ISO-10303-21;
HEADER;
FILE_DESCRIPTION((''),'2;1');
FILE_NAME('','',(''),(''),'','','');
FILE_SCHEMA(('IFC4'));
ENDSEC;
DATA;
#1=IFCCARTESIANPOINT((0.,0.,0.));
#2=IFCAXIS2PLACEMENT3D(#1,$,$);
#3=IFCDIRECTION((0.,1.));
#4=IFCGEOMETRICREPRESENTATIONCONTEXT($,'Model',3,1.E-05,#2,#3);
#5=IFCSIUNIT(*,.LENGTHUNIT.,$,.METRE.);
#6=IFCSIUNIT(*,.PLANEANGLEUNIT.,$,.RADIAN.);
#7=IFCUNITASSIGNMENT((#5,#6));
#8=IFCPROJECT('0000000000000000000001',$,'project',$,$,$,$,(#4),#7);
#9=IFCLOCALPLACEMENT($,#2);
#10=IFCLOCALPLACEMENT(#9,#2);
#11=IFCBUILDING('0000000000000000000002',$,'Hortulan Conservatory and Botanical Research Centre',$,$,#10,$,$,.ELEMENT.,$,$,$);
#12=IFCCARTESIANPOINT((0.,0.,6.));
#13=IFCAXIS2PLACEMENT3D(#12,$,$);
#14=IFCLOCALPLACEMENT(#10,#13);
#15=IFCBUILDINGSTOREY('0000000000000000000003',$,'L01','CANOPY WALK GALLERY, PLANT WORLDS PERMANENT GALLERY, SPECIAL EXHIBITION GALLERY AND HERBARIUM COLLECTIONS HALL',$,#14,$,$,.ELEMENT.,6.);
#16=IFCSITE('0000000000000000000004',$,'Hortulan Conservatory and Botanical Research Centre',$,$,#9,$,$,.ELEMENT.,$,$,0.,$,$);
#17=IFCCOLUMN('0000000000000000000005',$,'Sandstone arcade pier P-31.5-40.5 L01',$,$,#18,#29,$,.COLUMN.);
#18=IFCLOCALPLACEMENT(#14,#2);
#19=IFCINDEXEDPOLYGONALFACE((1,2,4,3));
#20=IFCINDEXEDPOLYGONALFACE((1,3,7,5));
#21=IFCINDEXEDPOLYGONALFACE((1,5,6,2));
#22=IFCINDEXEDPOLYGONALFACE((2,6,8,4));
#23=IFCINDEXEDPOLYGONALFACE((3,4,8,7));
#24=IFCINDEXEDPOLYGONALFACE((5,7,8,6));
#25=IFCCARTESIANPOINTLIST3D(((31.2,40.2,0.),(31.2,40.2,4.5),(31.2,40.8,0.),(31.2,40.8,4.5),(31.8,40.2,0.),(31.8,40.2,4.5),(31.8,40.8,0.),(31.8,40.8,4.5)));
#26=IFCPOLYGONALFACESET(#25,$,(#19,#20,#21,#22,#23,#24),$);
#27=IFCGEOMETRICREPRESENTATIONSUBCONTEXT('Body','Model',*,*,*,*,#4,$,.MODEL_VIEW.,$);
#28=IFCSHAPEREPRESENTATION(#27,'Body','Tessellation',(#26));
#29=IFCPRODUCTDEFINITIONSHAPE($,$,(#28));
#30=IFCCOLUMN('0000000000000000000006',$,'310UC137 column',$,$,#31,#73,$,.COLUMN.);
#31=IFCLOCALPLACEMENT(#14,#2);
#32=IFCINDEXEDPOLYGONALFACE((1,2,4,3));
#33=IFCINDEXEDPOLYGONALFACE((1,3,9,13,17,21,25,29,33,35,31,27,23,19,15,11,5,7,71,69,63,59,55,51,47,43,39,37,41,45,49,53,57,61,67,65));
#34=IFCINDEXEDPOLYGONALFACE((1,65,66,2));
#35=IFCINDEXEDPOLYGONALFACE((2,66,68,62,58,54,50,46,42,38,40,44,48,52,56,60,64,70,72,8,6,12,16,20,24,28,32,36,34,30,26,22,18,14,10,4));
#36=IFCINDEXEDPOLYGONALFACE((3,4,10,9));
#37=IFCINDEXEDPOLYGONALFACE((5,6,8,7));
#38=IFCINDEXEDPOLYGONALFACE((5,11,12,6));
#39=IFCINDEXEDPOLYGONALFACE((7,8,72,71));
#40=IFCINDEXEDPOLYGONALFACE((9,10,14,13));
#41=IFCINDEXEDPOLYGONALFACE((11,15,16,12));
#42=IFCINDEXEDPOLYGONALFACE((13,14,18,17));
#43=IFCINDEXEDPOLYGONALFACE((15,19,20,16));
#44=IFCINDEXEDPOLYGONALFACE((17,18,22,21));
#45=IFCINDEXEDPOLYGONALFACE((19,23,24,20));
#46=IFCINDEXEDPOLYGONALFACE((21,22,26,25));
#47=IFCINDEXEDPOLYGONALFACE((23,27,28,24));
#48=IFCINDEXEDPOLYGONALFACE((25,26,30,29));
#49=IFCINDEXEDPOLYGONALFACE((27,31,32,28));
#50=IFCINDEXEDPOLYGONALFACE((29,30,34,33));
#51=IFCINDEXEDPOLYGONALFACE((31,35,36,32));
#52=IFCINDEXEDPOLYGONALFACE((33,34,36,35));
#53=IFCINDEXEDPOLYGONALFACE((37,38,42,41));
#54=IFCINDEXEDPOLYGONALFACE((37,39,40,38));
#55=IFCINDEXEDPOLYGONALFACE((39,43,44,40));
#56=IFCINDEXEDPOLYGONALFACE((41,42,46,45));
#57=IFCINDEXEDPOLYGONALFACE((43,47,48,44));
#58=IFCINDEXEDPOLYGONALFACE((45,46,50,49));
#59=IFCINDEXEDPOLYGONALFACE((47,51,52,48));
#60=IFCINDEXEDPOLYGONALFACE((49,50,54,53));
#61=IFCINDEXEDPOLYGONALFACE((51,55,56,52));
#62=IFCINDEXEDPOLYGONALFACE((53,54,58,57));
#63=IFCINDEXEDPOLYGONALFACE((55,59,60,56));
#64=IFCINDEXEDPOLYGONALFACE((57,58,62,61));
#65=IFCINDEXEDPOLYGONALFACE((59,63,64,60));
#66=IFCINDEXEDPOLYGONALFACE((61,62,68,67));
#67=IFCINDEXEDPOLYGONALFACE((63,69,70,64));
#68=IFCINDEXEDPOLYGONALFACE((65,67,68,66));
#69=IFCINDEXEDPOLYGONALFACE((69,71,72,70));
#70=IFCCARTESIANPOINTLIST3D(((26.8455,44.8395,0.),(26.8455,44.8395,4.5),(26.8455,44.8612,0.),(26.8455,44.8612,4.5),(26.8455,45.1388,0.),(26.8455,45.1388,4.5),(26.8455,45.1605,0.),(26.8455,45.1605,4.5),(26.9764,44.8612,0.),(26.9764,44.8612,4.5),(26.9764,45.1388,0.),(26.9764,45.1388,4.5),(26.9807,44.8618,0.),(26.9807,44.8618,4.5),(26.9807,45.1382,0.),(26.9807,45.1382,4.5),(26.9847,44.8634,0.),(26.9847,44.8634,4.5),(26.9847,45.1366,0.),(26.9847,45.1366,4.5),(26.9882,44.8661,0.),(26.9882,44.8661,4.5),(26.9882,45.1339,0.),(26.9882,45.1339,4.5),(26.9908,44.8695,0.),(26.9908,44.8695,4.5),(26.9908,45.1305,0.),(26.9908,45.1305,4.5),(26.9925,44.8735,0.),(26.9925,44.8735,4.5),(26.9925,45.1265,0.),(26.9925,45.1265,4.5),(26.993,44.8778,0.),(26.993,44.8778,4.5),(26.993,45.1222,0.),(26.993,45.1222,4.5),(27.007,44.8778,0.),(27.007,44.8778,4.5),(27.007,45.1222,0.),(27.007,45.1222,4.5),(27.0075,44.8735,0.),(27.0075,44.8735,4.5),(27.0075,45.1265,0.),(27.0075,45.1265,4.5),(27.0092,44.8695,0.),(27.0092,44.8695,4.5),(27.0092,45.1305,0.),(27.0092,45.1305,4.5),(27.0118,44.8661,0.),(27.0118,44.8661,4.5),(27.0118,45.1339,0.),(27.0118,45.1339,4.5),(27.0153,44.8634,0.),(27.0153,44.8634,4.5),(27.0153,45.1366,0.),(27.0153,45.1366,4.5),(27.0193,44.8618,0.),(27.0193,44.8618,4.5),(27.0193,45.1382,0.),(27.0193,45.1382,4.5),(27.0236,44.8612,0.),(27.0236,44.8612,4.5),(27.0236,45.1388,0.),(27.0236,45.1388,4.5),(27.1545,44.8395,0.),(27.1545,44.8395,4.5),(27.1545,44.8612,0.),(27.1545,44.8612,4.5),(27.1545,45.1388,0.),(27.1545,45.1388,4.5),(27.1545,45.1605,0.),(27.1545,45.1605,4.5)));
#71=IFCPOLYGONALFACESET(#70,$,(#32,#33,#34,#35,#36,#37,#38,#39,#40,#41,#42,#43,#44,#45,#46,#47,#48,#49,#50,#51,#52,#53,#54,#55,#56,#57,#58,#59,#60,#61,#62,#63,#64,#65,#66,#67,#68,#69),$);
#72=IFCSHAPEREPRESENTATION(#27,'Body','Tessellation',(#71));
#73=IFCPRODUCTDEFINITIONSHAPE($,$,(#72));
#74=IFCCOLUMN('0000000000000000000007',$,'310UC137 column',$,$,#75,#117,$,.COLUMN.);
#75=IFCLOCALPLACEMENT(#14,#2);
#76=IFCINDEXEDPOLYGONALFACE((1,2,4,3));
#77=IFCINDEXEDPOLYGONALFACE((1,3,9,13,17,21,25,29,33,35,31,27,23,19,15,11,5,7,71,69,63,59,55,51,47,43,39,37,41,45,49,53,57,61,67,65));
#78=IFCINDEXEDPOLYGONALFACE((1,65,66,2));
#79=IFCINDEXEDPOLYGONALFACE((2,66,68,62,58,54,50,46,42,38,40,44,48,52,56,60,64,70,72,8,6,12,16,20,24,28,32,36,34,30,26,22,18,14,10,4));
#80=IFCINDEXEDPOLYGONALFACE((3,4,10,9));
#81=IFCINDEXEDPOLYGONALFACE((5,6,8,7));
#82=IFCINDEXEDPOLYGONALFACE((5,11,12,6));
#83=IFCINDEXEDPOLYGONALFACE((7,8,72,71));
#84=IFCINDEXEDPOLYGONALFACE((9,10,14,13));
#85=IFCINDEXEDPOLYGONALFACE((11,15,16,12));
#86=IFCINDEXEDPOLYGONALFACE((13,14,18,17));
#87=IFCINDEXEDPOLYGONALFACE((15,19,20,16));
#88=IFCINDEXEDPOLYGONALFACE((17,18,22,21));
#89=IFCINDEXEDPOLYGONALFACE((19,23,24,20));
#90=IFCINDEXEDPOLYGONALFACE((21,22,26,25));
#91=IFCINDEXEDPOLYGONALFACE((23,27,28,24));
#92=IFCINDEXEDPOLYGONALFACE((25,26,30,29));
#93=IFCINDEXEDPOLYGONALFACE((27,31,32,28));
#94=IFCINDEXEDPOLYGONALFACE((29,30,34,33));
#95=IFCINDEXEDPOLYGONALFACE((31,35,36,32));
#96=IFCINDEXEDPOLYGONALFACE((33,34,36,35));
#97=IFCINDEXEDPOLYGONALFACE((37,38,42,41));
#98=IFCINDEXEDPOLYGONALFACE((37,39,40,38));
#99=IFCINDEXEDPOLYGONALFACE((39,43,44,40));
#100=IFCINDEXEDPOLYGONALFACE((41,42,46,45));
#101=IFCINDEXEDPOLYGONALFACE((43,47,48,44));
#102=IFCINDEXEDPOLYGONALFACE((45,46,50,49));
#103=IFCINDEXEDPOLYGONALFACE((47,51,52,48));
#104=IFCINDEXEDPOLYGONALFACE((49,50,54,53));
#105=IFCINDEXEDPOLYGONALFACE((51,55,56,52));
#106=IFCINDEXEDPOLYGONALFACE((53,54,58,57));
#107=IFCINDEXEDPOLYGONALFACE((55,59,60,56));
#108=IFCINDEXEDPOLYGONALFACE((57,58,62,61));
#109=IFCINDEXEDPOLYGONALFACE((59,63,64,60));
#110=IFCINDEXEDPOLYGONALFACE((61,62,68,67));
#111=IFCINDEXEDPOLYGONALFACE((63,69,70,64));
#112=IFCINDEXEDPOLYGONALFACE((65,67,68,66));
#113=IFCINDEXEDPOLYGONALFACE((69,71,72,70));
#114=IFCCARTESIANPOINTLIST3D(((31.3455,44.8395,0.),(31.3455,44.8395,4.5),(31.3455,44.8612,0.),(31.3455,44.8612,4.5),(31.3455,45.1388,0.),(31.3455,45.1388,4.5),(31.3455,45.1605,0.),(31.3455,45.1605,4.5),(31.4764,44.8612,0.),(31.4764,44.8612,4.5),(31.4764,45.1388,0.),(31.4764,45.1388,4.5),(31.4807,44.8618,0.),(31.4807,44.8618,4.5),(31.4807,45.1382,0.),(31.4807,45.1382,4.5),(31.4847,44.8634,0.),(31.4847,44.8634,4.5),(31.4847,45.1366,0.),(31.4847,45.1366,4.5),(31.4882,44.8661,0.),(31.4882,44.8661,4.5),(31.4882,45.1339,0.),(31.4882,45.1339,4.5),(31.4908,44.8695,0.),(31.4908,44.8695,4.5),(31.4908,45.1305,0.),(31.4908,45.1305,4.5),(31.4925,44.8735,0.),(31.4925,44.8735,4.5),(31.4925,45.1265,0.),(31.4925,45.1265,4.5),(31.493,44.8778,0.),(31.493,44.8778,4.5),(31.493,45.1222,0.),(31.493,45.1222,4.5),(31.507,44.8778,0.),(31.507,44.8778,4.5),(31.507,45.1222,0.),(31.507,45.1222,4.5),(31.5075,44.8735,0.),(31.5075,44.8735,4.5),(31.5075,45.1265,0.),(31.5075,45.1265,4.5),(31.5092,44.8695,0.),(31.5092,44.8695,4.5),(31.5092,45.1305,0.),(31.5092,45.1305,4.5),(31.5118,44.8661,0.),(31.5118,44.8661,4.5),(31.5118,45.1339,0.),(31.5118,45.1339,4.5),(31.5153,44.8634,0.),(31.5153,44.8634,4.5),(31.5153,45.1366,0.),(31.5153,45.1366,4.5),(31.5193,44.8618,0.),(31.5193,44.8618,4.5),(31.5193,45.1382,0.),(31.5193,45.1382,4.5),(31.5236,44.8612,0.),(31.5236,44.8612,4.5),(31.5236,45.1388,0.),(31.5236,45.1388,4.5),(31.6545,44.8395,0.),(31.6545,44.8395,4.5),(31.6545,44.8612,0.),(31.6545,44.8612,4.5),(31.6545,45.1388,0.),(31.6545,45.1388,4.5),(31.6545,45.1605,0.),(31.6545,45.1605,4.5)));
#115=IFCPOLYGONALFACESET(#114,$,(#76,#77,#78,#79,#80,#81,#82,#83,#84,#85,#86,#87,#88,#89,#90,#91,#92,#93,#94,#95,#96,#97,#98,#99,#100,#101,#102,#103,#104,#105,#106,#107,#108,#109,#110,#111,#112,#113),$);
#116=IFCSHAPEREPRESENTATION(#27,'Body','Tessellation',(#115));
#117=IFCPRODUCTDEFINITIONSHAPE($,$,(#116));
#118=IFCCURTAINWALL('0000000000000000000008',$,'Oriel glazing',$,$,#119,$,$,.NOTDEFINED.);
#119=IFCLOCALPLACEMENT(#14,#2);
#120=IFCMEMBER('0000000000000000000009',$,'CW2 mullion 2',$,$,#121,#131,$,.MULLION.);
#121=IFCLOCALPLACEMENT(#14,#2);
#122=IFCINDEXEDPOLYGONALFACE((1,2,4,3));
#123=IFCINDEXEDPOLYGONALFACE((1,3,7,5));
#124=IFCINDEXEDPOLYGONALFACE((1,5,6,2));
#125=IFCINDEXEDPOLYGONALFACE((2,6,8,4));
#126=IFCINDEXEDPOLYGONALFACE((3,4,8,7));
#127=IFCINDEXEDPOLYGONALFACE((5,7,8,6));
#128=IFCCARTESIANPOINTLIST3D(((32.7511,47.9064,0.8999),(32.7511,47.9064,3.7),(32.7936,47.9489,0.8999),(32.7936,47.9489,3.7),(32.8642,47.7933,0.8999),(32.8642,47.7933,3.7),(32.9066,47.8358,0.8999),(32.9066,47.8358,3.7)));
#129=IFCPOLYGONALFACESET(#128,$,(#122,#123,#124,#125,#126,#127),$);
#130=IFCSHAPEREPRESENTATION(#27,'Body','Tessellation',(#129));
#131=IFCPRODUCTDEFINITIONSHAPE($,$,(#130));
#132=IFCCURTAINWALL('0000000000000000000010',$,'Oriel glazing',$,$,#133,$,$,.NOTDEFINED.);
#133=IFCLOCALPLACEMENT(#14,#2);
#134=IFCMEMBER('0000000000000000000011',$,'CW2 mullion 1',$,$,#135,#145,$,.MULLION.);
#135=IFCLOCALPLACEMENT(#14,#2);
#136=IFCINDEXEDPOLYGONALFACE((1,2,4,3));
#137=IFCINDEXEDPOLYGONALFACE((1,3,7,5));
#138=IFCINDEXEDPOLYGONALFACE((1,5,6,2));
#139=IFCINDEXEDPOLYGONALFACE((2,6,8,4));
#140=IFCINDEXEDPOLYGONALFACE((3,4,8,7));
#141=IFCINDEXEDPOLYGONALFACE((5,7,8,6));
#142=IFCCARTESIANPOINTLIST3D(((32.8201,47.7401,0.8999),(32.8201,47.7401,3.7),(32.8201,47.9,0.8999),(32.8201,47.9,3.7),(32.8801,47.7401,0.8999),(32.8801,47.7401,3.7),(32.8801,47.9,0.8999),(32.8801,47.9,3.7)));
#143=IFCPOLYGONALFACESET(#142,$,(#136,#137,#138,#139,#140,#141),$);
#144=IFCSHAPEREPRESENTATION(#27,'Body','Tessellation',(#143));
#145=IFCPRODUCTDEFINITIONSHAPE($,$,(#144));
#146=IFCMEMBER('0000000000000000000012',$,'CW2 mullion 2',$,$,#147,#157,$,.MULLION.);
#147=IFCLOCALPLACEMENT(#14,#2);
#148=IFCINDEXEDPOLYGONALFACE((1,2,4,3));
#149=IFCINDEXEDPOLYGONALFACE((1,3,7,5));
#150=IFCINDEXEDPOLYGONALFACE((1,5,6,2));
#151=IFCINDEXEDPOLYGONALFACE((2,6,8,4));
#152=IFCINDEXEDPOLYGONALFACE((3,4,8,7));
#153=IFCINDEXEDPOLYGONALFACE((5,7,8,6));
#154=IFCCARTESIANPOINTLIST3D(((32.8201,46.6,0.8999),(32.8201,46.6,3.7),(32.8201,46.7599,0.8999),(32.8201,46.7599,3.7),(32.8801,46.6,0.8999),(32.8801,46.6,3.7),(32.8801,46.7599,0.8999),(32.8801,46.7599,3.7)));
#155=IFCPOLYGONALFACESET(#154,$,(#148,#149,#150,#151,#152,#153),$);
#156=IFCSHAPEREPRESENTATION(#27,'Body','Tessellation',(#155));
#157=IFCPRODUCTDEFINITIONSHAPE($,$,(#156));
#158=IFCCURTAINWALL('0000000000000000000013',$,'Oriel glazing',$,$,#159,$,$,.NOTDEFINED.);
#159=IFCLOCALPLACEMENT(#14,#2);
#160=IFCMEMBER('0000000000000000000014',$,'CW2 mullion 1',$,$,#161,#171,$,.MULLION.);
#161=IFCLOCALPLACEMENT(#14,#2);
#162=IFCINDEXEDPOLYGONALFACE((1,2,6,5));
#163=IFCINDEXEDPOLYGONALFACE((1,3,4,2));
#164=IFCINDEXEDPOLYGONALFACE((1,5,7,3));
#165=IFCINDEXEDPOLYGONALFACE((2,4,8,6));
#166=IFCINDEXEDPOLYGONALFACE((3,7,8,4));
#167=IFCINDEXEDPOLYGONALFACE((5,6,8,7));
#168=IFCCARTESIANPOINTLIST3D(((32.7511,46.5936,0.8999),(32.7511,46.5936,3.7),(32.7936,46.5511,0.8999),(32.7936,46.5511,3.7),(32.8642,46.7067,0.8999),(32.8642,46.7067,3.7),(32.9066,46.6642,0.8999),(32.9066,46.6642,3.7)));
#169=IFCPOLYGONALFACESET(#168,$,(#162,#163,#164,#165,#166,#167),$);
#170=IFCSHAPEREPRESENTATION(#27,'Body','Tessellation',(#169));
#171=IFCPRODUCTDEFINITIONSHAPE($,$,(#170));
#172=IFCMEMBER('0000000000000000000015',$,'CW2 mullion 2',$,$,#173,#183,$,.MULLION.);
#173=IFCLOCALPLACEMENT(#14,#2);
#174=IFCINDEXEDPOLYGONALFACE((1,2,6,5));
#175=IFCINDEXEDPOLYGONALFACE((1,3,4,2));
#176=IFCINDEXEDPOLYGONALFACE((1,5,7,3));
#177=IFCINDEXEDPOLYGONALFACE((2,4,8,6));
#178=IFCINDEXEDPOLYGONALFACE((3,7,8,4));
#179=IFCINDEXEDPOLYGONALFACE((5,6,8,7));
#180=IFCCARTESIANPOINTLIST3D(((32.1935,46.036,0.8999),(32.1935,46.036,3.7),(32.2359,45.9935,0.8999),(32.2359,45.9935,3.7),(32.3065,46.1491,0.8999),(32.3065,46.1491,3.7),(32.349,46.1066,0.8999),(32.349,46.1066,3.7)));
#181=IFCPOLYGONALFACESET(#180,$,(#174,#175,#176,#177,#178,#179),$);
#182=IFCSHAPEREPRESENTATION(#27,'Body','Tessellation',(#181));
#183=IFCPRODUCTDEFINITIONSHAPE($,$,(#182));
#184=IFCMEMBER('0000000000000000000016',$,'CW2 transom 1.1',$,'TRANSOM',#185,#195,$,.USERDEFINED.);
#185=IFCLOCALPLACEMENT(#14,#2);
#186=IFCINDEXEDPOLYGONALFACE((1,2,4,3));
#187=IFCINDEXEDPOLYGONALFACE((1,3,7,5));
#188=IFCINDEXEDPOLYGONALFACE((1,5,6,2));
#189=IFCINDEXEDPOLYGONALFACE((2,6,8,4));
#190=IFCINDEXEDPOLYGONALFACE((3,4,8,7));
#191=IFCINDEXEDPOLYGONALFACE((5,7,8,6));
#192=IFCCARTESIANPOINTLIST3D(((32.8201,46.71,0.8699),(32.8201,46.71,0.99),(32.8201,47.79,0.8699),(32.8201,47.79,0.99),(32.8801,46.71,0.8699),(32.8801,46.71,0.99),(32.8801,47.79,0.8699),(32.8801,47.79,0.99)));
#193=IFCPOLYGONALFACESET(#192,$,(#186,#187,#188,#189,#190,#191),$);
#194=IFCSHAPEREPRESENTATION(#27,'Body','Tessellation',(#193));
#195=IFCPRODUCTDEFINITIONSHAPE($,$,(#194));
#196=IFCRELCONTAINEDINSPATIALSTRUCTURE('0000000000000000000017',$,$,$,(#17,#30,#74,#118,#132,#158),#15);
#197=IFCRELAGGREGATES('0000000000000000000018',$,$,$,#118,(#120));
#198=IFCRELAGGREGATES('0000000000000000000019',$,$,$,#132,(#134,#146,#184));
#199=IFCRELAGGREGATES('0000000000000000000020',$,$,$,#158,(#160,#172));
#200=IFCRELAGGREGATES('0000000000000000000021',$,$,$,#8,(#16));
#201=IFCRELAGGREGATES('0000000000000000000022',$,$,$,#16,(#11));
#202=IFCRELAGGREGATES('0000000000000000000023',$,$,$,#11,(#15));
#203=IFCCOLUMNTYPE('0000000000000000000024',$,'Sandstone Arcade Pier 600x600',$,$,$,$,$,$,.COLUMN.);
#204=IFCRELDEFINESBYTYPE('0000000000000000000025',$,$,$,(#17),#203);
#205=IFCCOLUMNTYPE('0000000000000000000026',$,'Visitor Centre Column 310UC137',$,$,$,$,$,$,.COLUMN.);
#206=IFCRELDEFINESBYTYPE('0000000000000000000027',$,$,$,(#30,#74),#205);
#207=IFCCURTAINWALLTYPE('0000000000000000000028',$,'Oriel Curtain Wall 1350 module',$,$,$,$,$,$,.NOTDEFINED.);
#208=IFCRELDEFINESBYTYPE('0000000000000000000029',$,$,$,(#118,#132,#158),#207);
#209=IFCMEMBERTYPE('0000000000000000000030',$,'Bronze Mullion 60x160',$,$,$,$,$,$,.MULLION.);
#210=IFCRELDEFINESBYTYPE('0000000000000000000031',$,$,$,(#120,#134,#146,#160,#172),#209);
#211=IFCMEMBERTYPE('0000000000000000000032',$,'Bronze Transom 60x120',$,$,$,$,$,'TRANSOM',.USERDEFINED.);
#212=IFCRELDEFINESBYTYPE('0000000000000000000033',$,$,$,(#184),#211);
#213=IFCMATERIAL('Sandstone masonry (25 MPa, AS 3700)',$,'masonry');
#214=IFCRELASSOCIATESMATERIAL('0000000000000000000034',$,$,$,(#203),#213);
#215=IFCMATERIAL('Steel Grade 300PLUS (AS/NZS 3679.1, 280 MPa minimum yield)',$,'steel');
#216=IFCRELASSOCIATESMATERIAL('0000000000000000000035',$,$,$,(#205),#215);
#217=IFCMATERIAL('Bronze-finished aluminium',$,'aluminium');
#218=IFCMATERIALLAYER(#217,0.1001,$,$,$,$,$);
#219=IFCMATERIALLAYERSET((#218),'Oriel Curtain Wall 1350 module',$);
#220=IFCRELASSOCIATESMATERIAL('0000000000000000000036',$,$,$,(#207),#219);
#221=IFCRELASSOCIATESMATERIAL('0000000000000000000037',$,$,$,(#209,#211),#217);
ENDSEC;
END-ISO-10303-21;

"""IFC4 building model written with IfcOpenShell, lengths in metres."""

from ifc_helpers import new_model, si_unit, direction, frame, origin, origin_2d, place, context, subcontext, project, spatial, rectangle, i_section, extrude, material, layer, layer_set, material_profile, profile_set, type_object, element, aggregate, save


model = new_model("IFC4")

# Units and contexts
model_context = context("Model", 3, precision=1e-05, world=origin(), true_north=direction((0.0, 1.0)))
body_context = subcontext(model_context, "Body", "Model", "MODEL_VIEW")
ifc_project = project(units=[si_unit("LENGTHUNIT", "METRE"), si_unit("PLANEANGLEUNIT", "RADIAN")], contexts=[model_context])

# Site, building, storey
site_placement = place(None, origin())
site = spatial("IfcSite", under=ifc_project, at=site_placement, Name="Hortulan Conservatory and Botanical Research Centre", CompositionType="ELEMENT", RefElevation=0.0)
building_placement = place(site_placement, origin())
building = spatial("IfcBuilding", under=site, at=building_placement, Name="Hortulan Conservatory and Botanical Research Centre", CompositionType="ELEMENT")
storey_placement = place(building_placement, frame((0.0, 0.0, 6.0)))
storey = spatial("IfcBuildingStorey", under=building, at=storey_placement, Name="L01", Description="CANOPY WALK GALLERY, PLANT WORLDS PERMANENT GALLERY, SPECIAL EXHIBITION GALLERY AND HERBARIUM COLLECTIONS HALL", CompositionType="ELEMENT", Elevation=6.0)

# Columns
ifc_material_1 = material(Name="Sandstone masonry (25 MPa, AS 3700)", Category="masonry")
ifc_material_profile_1 = material_profile(ifc_material_1, rectangle(XDim=0.6001, YDim=0.6001, at=origin_2d()), Name="Square pier 600")
ifc_profile_set_1 = profile_set([ifc_material_profile_1], Name="Sandstone masonry (25 MPa, AS 3700)")
column_type_1 = type_object("IfcColumnType", Name="Sandstone Arcade Pier 600x600", PredefinedType="COLUMN", material=ifc_profile_set_1)
column_placement = place(storey_placement, frame((31.5, 40.5, 0.0), z_axis=(0.0, 0.0, 1.0), x_axis=(1.0, 0.0, 0.0)))
element("IfcColumn", 1, at=column_placement, inside=storey, type_object=column_type_1, Name="Sandstone arcade pier P-31.5-40.5 L01", PredefinedType="COLUMN", context=body_context, shape_type="SweptSolid", body=[
    extrude(rectangle(XDim=0.6001, YDim=0.6001, at=origin_2d()), origin(), (0.0, 0.0, 1.0), 4.5),
])
ifc_material_2 = material(Name="Steel Grade 300PLUS (AS/NZS 3679.1, 280 MPa minimum yield)", Category="steel")
ifc_material_profile_2 = material_profile(ifc_material_2, i_section(OverallWidth=0.3091, OverallDepth=0.321, WebThickness=0.0139, FlangeThickness=0.0217, FilletRadius=0.0166, at=origin_2d()), Name="310UC137")
ifc_profile_set_2 = profile_set([ifc_material_profile_2], Name="Steel Grade 300PLUS (AS/NZS 3679.1, 280 MPa minimum yield)")
column_type_2 = type_object("IfcColumnType", Name="Visitor Centre Column 310UC137", PredefinedType="COLUMN", material=ifc_profile_set_2)
for number, where, z_axis, x_axis, name in (
    (2, (27.0, 45.0, 0.0), (0.0, 0.0, 1.0), (1.0, 0.0, 0.0), "310UC137 column"),
    (3, (31.5, 45.0, 0.0), (0.0, 0.0, 1.0), (1.0, 0.0, 0.0), "310UC137 column"),
):
    element("IfcColumn", number, at=place(storey_placement, frame(where, z_axis=z_axis, x_axis=x_axis)), inside=storey, type_object=column_type_2, Name=name, PredefinedType="COLUMN", context=body_context, shape_type="SweptSolid", body=[
        extrude(i_section(OverallWidth=0.3091, OverallDepth=0.321, WebThickness=0.0139, FlangeThickness=0.0217, FilletRadius=0.0166, at=origin_2d()), origin(), (0.0, 0.0, 1.0), 4.5),
    ])

# Curtain wall, member
ifc_material_3 = material(Name="Bronze-finished aluminium", Category="aluminium")
ifc_layer_1 = layer(ifc_material_3, 0.1001)
ifc_layer_set_1 = layer_set([ifc_layer_1], Name="Oriel Curtain Wall 1350 module")
curtain_wall_type = type_object("IfcCurtainWallType", Name="Oriel Curtain Wall 1350 module", PredefinedType="NOTDEFINED", material=ifc_layer_set_1)
curtain_wall_1_placement = place(storey_placement, origin())
curtain_wall_1 = element("IfcCurtainWall", 4, at=curtain_wall_1_placement, inside=storey, type_object=curtain_wall_type, Name="Oriel glazing", PredefinedType="NOTDEFINED")
ifc_material_profile_3 = material_profile(ifc_material_3, rectangle(XDim=0.0601, YDim=0.1599, at=origin_2d()), Name="Bronze Mullion 60x160")
ifc_profile_set_3 = profile_set([ifc_material_profile_3], Name="Bronze-finished aluminium")
member_type_1 = type_object("IfcMemberType", Name="Bronze Mullion 60x160", PredefinedType="MULLION", material=ifc_profile_set_3)
member_1_placement = place(storey_placement, frame((32.8289, 47.8711, 0.8999), z_axis=(0.0, 0.0, 1.0), x_axis=(0.707107, 0.707107, 0.0)))
member_1 = element("IfcMember", 5, at=member_1_placement, type_object=member_type_1, Name="CW2 mullion 2", PredefinedType="MULLION", context=body_context, shape_type="SweptSolid", body=[
    extrude(rectangle(XDim=0.0601, YDim=0.1599, at=origin_2d()), origin(), (0.0, 0.0, 1.0), 2.8),
])

# Curtain walls, members
curtain_wall_2_placement = place(storey_placement, origin())
curtain_wall_2 = element("IfcCurtainWall", 6, at=curtain_wall_2_placement, inside=storey, type_object=curtain_wall_type, Name="Oriel glazing", PredefinedType="NOTDEFINED")
member_2_placement = place(storey_placement, frame((32.8501, 47.8201, 0.8999), z_axis=(0.0, 0.0, 1.0), x_axis=(1.0, 0.0, 0.0)))
member_2 = element("IfcMember", 7, at=member_2_placement, type_object=member_type_1, Name="CW2 mullion 1", PredefinedType="MULLION", context=body_context, shape_type="SweptSolid", body=[
    extrude(rectangle(XDim=0.0601, YDim=0.1599, at=origin_2d()), origin(), (0.0, 0.0, 1.0), 2.8),
])
member_3_placement = place(storey_placement, frame((32.8501, 46.6799, 0.8999), z_axis=(0.0, 0.0, 1.0), x_axis=(1.0, 0.0, 0.0)))
member_3 = element("IfcMember", 8, at=member_3_placement, type_object=member_type_1, Name="CW2 mullion 2", PredefinedType="MULLION", context=body_context, shape_type="SweptSolid", body=[
    extrude(rectangle(XDim=0.0601, YDim=0.1599, at=origin_2d()), origin(), (0.0, 0.0, 1.0), 2.8),
])
curtain_wall_3_placement = place(storey_placement, origin())
curtain_wall_3 = element("IfcCurtainWall", 9, at=curtain_wall_3_placement, inside=storey, type_object=curtain_wall_type, Name="Oriel glazing", PredefinedType="NOTDEFINED")
member_4_placement = place(storey_placement, frame((32.8289, 46.6289, 0.8999), z_axis=(0.0, 0.0, 1.0), x_axis=(0.707107, -0.707107, 0.0)))
member_4 = element("IfcMember", 10, at=member_4_placement, type_object=member_type_1, Name="CW2 mullion 1", PredefinedType="MULLION", context=body_context, shape_type="SweptSolid", body=[
    extrude(rectangle(XDim=0.0601, YDim=0.1599, at=origin_2d()), origin(), (0.0, 0.0, 1.0), 2.8),
])
member_5_placement = place(storey_placement, frame((32.2712, 46.0713, 0.8999), z_axis=(0.0, 0.0, 1.0), x_axis=(0.707107, -0.707107, 0.0)))
member_5 = element("IfcMember", 11, at=member_5_placement, type_object=member_type_1, Name="CW2 mullion 2", PredefinedType="MULLION", context=body_context, shape_type="SweptSolid", body=[
    extrude(rectangle(XDim=0.0601, YDim=0.1599, at=origin_2d()), origin(), (0.0, 0.0, 1.0), 2.8),
])

# Member
ifc_material_profile_4 = material_profile(ifc_material_3, rectangle(XDim=0.0601, YDim=0.1201, at=origin_2d()), Name="Bronze Transom 60x120")
ifc_profile_set_4 = profile_set([ifc_material_profile_4], Name="Bronze-finished aluminium")
member_type_2 = type_object("IfcMemberType", Name="Bronze Transom 60x120", ElementType="TRANSOM", PredefinedType="USERDEFINED", material=ifc_profile_set_4)
member_6_placement = place(storey_placement, frame((32.8501, 47.79, 0.9299), z_axis=(0.0, -1.0, 0.0), x_axis=(1.0, 0.0, 0.0)))
member_6 = element("IfcMember", 12, at=member_6_placement, type_object=member_type_2, Name="CW2 transom 1.1", ObjectType="TRANSOM", PredefinedType="USERDEFINED", context=body_context, shape_type="SweptSolid", body=[
    extrude(rectangle(XDim=0.0601, YDim=0.1201, at=origin_2d()), origin(), (0.0, 0.0, 1.0), 1.0801),
])

aggregate(curtain_wall_1, [member_1])
aggregate(curtain_wall_2, [member_2, member_3, member_6])
aggregate(curtain_wall_3, [member_4, member_5])

save(model, "model.ifc")
